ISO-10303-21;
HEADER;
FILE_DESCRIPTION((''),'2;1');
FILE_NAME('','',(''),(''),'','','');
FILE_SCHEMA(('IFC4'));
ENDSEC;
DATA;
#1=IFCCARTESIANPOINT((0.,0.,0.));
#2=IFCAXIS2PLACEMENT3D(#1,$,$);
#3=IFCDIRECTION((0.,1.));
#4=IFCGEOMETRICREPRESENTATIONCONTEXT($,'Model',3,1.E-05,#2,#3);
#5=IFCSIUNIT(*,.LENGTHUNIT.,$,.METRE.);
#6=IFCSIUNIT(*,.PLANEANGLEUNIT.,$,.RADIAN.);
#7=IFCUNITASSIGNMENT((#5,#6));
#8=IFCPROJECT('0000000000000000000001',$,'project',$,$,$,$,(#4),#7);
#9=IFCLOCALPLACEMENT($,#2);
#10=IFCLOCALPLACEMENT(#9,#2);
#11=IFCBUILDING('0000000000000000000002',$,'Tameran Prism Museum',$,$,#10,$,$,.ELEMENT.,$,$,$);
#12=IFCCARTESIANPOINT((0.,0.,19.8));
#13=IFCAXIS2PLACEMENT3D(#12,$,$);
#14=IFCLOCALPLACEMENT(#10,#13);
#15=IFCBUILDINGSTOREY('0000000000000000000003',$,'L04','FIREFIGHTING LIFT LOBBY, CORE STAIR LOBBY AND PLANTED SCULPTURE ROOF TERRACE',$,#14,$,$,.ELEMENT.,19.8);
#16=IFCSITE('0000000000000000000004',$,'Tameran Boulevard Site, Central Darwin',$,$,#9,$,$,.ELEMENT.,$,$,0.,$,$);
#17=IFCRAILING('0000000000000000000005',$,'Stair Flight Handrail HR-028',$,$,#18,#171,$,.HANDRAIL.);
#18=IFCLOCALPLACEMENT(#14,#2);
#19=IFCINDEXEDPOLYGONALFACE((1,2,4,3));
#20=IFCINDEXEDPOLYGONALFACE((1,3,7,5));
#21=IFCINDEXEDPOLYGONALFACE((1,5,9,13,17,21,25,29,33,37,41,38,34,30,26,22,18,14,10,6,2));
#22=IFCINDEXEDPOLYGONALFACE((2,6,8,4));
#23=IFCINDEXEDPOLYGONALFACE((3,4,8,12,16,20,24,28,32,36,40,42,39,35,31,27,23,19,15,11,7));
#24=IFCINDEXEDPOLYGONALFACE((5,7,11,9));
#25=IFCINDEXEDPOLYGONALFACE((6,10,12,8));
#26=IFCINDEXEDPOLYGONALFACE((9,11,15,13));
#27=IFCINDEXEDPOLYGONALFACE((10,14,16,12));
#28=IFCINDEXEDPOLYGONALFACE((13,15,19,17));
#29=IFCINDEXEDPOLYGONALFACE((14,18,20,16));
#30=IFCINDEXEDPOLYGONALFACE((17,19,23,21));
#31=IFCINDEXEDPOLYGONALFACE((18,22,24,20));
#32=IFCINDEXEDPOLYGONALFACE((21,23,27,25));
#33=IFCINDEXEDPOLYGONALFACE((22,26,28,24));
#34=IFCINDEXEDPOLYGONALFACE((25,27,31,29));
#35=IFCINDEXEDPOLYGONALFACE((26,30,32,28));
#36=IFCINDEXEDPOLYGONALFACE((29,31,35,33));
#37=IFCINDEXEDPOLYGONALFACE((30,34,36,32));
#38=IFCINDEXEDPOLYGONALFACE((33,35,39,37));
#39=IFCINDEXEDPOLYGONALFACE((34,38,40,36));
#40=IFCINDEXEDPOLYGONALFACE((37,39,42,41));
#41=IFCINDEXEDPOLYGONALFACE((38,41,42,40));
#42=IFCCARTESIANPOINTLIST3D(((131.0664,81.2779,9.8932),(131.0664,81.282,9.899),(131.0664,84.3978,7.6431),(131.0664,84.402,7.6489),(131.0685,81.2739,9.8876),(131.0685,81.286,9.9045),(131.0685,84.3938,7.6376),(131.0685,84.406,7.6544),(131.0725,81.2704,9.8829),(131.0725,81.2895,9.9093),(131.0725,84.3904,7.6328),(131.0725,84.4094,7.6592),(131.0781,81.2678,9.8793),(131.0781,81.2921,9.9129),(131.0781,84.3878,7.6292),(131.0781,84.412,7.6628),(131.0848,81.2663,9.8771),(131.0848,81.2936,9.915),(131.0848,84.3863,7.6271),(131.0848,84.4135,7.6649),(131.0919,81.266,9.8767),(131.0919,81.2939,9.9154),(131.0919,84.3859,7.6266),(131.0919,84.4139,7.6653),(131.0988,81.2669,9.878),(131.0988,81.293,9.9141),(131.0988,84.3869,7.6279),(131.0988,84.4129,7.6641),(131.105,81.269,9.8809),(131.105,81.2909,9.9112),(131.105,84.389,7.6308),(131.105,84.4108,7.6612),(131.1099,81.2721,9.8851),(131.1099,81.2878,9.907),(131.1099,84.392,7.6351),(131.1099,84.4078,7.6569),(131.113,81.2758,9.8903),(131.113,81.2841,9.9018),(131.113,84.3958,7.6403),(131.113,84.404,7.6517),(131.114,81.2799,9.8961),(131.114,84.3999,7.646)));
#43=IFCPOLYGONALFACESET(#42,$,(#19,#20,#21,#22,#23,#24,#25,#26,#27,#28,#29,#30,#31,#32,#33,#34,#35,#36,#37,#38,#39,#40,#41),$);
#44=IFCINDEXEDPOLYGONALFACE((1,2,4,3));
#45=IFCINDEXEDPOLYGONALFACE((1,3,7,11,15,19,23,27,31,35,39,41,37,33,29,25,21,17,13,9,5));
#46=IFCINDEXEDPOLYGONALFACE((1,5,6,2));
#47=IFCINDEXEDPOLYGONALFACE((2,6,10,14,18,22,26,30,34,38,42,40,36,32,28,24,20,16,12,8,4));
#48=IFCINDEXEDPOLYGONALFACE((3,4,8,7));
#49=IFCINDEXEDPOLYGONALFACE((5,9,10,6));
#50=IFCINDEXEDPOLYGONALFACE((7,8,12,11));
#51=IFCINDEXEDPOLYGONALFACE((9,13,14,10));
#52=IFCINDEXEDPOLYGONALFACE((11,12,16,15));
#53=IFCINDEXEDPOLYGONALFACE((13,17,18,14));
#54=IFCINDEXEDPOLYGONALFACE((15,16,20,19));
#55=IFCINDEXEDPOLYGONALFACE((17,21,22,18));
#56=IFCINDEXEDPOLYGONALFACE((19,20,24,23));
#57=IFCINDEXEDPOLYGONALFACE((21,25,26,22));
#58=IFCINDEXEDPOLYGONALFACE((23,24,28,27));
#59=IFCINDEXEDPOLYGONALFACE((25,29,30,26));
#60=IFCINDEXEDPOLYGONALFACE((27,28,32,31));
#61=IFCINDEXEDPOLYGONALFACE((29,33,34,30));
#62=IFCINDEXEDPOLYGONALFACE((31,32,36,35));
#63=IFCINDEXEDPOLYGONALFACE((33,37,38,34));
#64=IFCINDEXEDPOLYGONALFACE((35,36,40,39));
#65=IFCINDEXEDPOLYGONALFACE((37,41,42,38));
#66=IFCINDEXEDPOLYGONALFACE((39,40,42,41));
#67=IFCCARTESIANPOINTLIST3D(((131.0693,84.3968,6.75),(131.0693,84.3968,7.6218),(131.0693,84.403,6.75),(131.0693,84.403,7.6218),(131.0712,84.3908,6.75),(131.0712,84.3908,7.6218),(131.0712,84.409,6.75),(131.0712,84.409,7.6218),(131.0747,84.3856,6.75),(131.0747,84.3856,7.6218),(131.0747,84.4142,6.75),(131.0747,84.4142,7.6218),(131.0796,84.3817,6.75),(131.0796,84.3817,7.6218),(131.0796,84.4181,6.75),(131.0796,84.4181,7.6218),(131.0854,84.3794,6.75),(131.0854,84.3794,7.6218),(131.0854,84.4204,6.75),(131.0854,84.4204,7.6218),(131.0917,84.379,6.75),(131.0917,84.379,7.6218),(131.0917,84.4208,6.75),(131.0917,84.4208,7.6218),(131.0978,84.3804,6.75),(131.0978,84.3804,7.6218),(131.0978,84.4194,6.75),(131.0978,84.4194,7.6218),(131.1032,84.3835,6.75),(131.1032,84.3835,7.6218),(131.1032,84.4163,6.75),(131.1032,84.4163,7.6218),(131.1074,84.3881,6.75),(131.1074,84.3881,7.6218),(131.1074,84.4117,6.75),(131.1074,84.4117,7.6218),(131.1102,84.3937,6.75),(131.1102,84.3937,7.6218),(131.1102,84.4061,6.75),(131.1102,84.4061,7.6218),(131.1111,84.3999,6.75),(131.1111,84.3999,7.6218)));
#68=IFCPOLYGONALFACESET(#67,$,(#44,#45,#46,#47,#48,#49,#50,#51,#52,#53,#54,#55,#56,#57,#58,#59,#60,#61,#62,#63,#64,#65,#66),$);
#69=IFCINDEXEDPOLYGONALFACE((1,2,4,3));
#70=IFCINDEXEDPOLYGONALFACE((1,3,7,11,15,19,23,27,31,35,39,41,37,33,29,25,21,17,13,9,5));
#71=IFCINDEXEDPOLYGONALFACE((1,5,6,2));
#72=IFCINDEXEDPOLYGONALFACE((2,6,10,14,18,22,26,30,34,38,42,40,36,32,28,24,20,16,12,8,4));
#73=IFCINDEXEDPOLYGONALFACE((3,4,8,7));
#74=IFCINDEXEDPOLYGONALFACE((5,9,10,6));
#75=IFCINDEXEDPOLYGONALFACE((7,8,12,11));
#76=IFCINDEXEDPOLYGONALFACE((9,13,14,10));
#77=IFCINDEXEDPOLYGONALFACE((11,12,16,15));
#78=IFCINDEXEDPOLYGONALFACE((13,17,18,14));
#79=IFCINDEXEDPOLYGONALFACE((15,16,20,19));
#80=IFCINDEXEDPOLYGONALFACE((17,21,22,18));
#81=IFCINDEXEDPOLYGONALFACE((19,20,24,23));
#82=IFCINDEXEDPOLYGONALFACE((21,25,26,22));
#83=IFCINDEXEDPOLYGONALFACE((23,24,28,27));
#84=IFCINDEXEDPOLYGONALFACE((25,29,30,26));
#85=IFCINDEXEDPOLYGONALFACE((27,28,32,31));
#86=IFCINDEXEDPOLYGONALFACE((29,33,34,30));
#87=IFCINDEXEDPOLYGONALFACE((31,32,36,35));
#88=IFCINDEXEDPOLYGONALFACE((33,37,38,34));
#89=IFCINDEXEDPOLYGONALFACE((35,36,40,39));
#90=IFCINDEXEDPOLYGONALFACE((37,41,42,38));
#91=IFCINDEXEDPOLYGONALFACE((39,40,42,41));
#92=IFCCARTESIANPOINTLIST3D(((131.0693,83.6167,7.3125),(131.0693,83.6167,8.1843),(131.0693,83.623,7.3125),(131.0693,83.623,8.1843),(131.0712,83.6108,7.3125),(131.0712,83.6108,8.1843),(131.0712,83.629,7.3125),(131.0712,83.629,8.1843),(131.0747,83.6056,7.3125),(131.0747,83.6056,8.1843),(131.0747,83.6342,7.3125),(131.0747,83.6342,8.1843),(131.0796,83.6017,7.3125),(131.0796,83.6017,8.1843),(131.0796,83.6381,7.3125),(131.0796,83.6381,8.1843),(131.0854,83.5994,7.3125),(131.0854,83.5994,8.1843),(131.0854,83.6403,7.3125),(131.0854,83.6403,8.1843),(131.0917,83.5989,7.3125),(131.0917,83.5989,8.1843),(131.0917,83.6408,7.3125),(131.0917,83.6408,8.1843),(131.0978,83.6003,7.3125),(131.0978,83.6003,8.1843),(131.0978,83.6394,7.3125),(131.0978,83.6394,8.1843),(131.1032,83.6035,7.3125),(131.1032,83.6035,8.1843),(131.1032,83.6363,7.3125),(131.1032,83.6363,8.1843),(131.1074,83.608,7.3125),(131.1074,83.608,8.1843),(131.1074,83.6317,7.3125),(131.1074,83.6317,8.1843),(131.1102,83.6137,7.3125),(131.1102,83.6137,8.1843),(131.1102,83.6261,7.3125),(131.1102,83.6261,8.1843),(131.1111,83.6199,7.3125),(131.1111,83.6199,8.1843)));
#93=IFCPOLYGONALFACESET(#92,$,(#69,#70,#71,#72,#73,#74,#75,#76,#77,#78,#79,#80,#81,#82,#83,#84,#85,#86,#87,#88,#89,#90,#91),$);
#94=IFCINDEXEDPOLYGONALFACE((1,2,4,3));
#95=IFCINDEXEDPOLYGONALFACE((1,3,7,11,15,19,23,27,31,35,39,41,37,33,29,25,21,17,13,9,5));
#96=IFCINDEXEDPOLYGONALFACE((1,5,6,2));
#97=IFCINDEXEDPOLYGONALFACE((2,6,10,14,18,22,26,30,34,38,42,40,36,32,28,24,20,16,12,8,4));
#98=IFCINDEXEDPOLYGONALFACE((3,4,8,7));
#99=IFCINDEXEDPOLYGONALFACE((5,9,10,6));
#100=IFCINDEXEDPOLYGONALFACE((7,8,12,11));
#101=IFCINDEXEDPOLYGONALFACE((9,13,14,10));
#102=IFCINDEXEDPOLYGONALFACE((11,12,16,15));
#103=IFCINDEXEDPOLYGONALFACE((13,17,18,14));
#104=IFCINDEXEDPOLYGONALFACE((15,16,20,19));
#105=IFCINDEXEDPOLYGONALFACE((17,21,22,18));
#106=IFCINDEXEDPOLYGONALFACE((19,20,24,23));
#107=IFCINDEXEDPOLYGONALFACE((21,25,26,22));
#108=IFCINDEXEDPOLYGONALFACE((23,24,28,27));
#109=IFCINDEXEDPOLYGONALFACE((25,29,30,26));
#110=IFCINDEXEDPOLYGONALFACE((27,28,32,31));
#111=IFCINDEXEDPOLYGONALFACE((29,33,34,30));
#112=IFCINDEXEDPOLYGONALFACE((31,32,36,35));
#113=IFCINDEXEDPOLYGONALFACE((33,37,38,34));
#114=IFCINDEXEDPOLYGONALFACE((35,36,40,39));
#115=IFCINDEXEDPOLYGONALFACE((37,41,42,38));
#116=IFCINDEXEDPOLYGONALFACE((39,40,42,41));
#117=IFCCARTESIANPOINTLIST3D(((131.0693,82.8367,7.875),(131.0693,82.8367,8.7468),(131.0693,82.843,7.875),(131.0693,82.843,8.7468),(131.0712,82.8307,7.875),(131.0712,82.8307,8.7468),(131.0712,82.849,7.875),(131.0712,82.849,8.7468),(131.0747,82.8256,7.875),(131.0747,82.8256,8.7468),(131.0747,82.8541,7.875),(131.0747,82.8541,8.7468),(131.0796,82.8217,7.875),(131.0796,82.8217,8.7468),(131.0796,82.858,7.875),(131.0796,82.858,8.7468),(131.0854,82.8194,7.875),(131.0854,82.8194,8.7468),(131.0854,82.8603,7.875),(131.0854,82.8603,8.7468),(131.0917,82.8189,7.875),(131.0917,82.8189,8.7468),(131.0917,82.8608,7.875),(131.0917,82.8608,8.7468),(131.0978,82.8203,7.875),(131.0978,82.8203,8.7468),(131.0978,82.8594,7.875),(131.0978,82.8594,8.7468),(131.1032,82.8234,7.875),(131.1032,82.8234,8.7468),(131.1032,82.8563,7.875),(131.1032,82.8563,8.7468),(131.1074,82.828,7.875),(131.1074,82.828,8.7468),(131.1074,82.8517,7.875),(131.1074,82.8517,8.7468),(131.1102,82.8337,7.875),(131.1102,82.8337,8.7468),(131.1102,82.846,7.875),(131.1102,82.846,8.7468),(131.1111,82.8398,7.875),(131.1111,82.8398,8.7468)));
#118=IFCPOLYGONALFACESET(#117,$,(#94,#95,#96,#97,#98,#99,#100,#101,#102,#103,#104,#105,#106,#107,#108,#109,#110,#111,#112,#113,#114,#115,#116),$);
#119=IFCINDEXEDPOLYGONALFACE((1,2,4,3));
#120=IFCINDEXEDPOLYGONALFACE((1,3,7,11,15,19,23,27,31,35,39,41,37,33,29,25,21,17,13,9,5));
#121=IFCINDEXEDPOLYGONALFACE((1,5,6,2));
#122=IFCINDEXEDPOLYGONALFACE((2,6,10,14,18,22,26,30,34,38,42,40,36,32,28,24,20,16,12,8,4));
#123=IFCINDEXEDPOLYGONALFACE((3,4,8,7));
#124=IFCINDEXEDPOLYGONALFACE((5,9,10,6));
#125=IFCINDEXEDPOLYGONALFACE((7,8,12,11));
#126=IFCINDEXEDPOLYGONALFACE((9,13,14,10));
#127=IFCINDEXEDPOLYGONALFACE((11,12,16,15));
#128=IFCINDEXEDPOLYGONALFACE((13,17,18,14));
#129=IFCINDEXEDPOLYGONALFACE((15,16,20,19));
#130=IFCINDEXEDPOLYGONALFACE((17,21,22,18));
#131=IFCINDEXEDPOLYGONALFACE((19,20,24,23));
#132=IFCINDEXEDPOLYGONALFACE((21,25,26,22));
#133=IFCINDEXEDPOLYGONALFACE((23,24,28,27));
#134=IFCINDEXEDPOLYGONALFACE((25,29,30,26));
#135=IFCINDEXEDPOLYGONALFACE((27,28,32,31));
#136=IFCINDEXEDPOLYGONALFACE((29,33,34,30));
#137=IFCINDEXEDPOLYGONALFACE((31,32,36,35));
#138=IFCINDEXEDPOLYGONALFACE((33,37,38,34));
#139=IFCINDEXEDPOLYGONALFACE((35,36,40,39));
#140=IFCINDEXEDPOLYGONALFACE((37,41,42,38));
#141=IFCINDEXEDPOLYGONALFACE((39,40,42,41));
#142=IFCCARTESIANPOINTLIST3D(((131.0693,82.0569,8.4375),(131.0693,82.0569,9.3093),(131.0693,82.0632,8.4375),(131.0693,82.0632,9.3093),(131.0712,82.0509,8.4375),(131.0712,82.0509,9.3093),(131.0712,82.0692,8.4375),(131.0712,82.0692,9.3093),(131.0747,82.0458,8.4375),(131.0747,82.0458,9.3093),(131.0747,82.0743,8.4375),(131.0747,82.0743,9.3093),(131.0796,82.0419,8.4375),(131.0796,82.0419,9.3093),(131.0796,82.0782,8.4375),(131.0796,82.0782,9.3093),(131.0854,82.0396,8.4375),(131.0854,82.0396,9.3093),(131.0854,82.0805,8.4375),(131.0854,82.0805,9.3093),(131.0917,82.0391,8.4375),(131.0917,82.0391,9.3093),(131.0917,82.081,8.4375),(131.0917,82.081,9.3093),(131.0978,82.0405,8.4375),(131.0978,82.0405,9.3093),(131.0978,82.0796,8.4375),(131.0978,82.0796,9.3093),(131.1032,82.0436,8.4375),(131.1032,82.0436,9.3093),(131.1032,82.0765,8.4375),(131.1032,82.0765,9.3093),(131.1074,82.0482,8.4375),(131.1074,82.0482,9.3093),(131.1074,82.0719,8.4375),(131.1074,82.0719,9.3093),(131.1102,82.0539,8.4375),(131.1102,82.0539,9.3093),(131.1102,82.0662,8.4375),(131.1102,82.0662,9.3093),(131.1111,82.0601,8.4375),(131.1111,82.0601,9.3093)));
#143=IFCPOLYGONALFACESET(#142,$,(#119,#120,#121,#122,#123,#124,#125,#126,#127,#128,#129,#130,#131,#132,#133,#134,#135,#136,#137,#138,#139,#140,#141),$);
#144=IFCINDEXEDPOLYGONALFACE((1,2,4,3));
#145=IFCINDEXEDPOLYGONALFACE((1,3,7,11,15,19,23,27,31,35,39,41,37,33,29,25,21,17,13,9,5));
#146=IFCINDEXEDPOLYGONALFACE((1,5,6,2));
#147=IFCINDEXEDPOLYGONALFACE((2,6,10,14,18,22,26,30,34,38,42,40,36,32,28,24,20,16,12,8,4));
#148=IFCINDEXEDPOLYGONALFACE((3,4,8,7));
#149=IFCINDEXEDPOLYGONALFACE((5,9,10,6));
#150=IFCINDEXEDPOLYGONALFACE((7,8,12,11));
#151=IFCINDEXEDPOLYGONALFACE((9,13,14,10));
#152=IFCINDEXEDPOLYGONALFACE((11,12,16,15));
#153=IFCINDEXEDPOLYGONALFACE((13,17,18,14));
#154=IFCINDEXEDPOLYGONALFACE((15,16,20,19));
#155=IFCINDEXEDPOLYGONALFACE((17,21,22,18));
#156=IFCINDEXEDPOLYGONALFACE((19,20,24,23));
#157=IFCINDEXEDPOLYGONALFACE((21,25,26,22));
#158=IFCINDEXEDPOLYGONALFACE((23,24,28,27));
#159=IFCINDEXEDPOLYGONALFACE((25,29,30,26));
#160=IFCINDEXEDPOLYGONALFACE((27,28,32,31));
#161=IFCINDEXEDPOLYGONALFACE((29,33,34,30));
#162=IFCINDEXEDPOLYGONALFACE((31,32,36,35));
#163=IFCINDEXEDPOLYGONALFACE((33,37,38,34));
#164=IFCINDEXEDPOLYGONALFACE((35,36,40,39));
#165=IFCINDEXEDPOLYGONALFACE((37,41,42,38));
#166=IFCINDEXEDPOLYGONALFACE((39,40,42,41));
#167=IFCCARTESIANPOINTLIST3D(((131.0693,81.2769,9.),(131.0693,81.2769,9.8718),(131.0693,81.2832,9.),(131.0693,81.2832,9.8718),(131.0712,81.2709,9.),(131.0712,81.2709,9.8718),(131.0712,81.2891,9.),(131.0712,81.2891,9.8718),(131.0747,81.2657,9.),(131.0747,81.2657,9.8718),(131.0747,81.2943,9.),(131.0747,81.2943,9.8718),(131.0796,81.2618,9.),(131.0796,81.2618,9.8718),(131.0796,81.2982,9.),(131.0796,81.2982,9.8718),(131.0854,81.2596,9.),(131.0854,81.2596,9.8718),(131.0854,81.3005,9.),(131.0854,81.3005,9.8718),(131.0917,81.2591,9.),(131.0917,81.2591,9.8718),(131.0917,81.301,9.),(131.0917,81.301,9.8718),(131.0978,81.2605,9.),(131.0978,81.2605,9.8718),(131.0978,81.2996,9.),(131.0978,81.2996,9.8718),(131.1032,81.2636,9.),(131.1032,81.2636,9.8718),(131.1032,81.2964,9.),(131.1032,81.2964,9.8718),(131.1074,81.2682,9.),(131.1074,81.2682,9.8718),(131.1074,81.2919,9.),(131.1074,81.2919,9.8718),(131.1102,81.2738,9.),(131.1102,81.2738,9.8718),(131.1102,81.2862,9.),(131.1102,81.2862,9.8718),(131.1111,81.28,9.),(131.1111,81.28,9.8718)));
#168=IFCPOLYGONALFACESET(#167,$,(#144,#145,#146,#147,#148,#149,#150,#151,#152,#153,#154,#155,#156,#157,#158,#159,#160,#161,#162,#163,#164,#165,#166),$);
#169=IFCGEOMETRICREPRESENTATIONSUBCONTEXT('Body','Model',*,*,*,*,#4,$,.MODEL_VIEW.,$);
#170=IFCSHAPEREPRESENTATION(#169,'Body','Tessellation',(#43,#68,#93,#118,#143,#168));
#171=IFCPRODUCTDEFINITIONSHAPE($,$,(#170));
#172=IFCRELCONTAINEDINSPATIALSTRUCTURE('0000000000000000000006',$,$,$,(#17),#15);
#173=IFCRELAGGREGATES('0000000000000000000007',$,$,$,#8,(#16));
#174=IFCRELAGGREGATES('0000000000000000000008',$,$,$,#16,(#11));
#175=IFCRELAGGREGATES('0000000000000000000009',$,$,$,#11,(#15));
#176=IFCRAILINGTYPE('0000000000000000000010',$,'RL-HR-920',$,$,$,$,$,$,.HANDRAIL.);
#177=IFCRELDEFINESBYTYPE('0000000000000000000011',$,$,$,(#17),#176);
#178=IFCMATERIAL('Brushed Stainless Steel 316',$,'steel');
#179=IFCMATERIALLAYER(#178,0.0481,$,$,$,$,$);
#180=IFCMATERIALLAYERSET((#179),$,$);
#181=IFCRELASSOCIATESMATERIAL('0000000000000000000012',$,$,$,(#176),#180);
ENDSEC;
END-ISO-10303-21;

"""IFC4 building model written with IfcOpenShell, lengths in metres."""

from ifc_helpers import new_model, si_unit, direction, frame, origin, origin_2d, place, context, subcontext, project, spatial, circle, extrude, material, layer, layer_set, type_object, element, save


model = new_model("IFC4")

# Units and contexts
model_context = context("Model", 3, precision=1e-05, world=origin(), true_north=direction((0.0, 1.0)))
body_context = subcontext(model_context, "Body", "Model", "MODEL_VIEW")
ifc_project = project(units=[si_unit("LENGTHUNIT", "METRE"), si_unit("PLANEANGLEUNIT", "RADIAN")], contexts=[model_context])

# Site, building, storey
site_placement = place(None, origin())
site = spatial("IfcSite", under=ifc_project, at=site_placement, Name="Tameran Boulevard Site, Central Darwin", CompositionType="ELEMENT", RefElevation=0.0)
building_placement = place(site_placement, origin())
building = spatial("IfcBuilding", under=site, at=building_placement, Name="Tameran Prism Museum", CompositionType="ELEMENT")
storey_placement = place(building_placement, frame((0.0, 0.0, 19.8)))
storey = spatial("IfcBuildingStorey", under=building, at=storey_placement, Name="L04", Description="FIREFIGHTING LIFT LOBBY, CORE STAIR LOBBY AND PLANTED SCULPTURE ROOF TERRACE", CompositionType="ELEMENT", Elevation=19.8)

# Railing
ifc_material_1 = material(Name="Brushed Stainless Steel 316", Category="steel")
ifc_layer_1 = layer(ifc_material_1, 0.0481)
ifc_layer_set_1 = layer_set([ifc_layer_1])
railing_type_1 = type_object("IfcRailingType", Name="RL-HR-920", PredefinedType="HANDRAIL", material=ifc_layer_set_1)
for number, where, name in (
    (1, (131.0901, 84.3999, 6.75), "Stair Flight Handrail HR-028"),
):
    element("IfcRailing", number, at=place(storey_placement, frame(where)), inside=storey, type_object=railing_type_1, Name=name, PredefinedType="HANDRAIL", context=body_context, shape_type="SweptSolid", body=[
        extrude(circle(Radius=0.0239, at=origin_2d()), frame((0.0, 0.0, 0.896), z_axis=(0.0, -0.811079, 0.584937), x_axis=(1.0, 0.0, 0.0)), (0.0, 0.0, 1.0), 3.8467),
        extrude(circle(Radius=0.021, at=origin_2d()), origin(), (0.0, 0.0, 1.0), 0.8718),
        extrude(circle(Radius=0.021, at=origin_2d()), frame((0.0, -0.78, 0.5625)), (0.0, 0.0, 1.0), 0.8718),
        extrude(circle(Radius=0.021, at=origin_2d()), frame((0.0, -1.5601, 1.125)), (0.0, 0.0, 1.0), 0.8718),
        extrude(circle(Radius=0.021, at=origin_2d()), frame((0.0, -2.3398, 1.6875)), (0.0, 0.0, 1.0), 0.8718),
        extrude(circle(Radius=0.021, at=origin_2d()), frame((0.0, -3.1199, 2.25)), (0.0, 0.0, 1.0), 0.8718),
    ])

save(model, "model.ifc")
